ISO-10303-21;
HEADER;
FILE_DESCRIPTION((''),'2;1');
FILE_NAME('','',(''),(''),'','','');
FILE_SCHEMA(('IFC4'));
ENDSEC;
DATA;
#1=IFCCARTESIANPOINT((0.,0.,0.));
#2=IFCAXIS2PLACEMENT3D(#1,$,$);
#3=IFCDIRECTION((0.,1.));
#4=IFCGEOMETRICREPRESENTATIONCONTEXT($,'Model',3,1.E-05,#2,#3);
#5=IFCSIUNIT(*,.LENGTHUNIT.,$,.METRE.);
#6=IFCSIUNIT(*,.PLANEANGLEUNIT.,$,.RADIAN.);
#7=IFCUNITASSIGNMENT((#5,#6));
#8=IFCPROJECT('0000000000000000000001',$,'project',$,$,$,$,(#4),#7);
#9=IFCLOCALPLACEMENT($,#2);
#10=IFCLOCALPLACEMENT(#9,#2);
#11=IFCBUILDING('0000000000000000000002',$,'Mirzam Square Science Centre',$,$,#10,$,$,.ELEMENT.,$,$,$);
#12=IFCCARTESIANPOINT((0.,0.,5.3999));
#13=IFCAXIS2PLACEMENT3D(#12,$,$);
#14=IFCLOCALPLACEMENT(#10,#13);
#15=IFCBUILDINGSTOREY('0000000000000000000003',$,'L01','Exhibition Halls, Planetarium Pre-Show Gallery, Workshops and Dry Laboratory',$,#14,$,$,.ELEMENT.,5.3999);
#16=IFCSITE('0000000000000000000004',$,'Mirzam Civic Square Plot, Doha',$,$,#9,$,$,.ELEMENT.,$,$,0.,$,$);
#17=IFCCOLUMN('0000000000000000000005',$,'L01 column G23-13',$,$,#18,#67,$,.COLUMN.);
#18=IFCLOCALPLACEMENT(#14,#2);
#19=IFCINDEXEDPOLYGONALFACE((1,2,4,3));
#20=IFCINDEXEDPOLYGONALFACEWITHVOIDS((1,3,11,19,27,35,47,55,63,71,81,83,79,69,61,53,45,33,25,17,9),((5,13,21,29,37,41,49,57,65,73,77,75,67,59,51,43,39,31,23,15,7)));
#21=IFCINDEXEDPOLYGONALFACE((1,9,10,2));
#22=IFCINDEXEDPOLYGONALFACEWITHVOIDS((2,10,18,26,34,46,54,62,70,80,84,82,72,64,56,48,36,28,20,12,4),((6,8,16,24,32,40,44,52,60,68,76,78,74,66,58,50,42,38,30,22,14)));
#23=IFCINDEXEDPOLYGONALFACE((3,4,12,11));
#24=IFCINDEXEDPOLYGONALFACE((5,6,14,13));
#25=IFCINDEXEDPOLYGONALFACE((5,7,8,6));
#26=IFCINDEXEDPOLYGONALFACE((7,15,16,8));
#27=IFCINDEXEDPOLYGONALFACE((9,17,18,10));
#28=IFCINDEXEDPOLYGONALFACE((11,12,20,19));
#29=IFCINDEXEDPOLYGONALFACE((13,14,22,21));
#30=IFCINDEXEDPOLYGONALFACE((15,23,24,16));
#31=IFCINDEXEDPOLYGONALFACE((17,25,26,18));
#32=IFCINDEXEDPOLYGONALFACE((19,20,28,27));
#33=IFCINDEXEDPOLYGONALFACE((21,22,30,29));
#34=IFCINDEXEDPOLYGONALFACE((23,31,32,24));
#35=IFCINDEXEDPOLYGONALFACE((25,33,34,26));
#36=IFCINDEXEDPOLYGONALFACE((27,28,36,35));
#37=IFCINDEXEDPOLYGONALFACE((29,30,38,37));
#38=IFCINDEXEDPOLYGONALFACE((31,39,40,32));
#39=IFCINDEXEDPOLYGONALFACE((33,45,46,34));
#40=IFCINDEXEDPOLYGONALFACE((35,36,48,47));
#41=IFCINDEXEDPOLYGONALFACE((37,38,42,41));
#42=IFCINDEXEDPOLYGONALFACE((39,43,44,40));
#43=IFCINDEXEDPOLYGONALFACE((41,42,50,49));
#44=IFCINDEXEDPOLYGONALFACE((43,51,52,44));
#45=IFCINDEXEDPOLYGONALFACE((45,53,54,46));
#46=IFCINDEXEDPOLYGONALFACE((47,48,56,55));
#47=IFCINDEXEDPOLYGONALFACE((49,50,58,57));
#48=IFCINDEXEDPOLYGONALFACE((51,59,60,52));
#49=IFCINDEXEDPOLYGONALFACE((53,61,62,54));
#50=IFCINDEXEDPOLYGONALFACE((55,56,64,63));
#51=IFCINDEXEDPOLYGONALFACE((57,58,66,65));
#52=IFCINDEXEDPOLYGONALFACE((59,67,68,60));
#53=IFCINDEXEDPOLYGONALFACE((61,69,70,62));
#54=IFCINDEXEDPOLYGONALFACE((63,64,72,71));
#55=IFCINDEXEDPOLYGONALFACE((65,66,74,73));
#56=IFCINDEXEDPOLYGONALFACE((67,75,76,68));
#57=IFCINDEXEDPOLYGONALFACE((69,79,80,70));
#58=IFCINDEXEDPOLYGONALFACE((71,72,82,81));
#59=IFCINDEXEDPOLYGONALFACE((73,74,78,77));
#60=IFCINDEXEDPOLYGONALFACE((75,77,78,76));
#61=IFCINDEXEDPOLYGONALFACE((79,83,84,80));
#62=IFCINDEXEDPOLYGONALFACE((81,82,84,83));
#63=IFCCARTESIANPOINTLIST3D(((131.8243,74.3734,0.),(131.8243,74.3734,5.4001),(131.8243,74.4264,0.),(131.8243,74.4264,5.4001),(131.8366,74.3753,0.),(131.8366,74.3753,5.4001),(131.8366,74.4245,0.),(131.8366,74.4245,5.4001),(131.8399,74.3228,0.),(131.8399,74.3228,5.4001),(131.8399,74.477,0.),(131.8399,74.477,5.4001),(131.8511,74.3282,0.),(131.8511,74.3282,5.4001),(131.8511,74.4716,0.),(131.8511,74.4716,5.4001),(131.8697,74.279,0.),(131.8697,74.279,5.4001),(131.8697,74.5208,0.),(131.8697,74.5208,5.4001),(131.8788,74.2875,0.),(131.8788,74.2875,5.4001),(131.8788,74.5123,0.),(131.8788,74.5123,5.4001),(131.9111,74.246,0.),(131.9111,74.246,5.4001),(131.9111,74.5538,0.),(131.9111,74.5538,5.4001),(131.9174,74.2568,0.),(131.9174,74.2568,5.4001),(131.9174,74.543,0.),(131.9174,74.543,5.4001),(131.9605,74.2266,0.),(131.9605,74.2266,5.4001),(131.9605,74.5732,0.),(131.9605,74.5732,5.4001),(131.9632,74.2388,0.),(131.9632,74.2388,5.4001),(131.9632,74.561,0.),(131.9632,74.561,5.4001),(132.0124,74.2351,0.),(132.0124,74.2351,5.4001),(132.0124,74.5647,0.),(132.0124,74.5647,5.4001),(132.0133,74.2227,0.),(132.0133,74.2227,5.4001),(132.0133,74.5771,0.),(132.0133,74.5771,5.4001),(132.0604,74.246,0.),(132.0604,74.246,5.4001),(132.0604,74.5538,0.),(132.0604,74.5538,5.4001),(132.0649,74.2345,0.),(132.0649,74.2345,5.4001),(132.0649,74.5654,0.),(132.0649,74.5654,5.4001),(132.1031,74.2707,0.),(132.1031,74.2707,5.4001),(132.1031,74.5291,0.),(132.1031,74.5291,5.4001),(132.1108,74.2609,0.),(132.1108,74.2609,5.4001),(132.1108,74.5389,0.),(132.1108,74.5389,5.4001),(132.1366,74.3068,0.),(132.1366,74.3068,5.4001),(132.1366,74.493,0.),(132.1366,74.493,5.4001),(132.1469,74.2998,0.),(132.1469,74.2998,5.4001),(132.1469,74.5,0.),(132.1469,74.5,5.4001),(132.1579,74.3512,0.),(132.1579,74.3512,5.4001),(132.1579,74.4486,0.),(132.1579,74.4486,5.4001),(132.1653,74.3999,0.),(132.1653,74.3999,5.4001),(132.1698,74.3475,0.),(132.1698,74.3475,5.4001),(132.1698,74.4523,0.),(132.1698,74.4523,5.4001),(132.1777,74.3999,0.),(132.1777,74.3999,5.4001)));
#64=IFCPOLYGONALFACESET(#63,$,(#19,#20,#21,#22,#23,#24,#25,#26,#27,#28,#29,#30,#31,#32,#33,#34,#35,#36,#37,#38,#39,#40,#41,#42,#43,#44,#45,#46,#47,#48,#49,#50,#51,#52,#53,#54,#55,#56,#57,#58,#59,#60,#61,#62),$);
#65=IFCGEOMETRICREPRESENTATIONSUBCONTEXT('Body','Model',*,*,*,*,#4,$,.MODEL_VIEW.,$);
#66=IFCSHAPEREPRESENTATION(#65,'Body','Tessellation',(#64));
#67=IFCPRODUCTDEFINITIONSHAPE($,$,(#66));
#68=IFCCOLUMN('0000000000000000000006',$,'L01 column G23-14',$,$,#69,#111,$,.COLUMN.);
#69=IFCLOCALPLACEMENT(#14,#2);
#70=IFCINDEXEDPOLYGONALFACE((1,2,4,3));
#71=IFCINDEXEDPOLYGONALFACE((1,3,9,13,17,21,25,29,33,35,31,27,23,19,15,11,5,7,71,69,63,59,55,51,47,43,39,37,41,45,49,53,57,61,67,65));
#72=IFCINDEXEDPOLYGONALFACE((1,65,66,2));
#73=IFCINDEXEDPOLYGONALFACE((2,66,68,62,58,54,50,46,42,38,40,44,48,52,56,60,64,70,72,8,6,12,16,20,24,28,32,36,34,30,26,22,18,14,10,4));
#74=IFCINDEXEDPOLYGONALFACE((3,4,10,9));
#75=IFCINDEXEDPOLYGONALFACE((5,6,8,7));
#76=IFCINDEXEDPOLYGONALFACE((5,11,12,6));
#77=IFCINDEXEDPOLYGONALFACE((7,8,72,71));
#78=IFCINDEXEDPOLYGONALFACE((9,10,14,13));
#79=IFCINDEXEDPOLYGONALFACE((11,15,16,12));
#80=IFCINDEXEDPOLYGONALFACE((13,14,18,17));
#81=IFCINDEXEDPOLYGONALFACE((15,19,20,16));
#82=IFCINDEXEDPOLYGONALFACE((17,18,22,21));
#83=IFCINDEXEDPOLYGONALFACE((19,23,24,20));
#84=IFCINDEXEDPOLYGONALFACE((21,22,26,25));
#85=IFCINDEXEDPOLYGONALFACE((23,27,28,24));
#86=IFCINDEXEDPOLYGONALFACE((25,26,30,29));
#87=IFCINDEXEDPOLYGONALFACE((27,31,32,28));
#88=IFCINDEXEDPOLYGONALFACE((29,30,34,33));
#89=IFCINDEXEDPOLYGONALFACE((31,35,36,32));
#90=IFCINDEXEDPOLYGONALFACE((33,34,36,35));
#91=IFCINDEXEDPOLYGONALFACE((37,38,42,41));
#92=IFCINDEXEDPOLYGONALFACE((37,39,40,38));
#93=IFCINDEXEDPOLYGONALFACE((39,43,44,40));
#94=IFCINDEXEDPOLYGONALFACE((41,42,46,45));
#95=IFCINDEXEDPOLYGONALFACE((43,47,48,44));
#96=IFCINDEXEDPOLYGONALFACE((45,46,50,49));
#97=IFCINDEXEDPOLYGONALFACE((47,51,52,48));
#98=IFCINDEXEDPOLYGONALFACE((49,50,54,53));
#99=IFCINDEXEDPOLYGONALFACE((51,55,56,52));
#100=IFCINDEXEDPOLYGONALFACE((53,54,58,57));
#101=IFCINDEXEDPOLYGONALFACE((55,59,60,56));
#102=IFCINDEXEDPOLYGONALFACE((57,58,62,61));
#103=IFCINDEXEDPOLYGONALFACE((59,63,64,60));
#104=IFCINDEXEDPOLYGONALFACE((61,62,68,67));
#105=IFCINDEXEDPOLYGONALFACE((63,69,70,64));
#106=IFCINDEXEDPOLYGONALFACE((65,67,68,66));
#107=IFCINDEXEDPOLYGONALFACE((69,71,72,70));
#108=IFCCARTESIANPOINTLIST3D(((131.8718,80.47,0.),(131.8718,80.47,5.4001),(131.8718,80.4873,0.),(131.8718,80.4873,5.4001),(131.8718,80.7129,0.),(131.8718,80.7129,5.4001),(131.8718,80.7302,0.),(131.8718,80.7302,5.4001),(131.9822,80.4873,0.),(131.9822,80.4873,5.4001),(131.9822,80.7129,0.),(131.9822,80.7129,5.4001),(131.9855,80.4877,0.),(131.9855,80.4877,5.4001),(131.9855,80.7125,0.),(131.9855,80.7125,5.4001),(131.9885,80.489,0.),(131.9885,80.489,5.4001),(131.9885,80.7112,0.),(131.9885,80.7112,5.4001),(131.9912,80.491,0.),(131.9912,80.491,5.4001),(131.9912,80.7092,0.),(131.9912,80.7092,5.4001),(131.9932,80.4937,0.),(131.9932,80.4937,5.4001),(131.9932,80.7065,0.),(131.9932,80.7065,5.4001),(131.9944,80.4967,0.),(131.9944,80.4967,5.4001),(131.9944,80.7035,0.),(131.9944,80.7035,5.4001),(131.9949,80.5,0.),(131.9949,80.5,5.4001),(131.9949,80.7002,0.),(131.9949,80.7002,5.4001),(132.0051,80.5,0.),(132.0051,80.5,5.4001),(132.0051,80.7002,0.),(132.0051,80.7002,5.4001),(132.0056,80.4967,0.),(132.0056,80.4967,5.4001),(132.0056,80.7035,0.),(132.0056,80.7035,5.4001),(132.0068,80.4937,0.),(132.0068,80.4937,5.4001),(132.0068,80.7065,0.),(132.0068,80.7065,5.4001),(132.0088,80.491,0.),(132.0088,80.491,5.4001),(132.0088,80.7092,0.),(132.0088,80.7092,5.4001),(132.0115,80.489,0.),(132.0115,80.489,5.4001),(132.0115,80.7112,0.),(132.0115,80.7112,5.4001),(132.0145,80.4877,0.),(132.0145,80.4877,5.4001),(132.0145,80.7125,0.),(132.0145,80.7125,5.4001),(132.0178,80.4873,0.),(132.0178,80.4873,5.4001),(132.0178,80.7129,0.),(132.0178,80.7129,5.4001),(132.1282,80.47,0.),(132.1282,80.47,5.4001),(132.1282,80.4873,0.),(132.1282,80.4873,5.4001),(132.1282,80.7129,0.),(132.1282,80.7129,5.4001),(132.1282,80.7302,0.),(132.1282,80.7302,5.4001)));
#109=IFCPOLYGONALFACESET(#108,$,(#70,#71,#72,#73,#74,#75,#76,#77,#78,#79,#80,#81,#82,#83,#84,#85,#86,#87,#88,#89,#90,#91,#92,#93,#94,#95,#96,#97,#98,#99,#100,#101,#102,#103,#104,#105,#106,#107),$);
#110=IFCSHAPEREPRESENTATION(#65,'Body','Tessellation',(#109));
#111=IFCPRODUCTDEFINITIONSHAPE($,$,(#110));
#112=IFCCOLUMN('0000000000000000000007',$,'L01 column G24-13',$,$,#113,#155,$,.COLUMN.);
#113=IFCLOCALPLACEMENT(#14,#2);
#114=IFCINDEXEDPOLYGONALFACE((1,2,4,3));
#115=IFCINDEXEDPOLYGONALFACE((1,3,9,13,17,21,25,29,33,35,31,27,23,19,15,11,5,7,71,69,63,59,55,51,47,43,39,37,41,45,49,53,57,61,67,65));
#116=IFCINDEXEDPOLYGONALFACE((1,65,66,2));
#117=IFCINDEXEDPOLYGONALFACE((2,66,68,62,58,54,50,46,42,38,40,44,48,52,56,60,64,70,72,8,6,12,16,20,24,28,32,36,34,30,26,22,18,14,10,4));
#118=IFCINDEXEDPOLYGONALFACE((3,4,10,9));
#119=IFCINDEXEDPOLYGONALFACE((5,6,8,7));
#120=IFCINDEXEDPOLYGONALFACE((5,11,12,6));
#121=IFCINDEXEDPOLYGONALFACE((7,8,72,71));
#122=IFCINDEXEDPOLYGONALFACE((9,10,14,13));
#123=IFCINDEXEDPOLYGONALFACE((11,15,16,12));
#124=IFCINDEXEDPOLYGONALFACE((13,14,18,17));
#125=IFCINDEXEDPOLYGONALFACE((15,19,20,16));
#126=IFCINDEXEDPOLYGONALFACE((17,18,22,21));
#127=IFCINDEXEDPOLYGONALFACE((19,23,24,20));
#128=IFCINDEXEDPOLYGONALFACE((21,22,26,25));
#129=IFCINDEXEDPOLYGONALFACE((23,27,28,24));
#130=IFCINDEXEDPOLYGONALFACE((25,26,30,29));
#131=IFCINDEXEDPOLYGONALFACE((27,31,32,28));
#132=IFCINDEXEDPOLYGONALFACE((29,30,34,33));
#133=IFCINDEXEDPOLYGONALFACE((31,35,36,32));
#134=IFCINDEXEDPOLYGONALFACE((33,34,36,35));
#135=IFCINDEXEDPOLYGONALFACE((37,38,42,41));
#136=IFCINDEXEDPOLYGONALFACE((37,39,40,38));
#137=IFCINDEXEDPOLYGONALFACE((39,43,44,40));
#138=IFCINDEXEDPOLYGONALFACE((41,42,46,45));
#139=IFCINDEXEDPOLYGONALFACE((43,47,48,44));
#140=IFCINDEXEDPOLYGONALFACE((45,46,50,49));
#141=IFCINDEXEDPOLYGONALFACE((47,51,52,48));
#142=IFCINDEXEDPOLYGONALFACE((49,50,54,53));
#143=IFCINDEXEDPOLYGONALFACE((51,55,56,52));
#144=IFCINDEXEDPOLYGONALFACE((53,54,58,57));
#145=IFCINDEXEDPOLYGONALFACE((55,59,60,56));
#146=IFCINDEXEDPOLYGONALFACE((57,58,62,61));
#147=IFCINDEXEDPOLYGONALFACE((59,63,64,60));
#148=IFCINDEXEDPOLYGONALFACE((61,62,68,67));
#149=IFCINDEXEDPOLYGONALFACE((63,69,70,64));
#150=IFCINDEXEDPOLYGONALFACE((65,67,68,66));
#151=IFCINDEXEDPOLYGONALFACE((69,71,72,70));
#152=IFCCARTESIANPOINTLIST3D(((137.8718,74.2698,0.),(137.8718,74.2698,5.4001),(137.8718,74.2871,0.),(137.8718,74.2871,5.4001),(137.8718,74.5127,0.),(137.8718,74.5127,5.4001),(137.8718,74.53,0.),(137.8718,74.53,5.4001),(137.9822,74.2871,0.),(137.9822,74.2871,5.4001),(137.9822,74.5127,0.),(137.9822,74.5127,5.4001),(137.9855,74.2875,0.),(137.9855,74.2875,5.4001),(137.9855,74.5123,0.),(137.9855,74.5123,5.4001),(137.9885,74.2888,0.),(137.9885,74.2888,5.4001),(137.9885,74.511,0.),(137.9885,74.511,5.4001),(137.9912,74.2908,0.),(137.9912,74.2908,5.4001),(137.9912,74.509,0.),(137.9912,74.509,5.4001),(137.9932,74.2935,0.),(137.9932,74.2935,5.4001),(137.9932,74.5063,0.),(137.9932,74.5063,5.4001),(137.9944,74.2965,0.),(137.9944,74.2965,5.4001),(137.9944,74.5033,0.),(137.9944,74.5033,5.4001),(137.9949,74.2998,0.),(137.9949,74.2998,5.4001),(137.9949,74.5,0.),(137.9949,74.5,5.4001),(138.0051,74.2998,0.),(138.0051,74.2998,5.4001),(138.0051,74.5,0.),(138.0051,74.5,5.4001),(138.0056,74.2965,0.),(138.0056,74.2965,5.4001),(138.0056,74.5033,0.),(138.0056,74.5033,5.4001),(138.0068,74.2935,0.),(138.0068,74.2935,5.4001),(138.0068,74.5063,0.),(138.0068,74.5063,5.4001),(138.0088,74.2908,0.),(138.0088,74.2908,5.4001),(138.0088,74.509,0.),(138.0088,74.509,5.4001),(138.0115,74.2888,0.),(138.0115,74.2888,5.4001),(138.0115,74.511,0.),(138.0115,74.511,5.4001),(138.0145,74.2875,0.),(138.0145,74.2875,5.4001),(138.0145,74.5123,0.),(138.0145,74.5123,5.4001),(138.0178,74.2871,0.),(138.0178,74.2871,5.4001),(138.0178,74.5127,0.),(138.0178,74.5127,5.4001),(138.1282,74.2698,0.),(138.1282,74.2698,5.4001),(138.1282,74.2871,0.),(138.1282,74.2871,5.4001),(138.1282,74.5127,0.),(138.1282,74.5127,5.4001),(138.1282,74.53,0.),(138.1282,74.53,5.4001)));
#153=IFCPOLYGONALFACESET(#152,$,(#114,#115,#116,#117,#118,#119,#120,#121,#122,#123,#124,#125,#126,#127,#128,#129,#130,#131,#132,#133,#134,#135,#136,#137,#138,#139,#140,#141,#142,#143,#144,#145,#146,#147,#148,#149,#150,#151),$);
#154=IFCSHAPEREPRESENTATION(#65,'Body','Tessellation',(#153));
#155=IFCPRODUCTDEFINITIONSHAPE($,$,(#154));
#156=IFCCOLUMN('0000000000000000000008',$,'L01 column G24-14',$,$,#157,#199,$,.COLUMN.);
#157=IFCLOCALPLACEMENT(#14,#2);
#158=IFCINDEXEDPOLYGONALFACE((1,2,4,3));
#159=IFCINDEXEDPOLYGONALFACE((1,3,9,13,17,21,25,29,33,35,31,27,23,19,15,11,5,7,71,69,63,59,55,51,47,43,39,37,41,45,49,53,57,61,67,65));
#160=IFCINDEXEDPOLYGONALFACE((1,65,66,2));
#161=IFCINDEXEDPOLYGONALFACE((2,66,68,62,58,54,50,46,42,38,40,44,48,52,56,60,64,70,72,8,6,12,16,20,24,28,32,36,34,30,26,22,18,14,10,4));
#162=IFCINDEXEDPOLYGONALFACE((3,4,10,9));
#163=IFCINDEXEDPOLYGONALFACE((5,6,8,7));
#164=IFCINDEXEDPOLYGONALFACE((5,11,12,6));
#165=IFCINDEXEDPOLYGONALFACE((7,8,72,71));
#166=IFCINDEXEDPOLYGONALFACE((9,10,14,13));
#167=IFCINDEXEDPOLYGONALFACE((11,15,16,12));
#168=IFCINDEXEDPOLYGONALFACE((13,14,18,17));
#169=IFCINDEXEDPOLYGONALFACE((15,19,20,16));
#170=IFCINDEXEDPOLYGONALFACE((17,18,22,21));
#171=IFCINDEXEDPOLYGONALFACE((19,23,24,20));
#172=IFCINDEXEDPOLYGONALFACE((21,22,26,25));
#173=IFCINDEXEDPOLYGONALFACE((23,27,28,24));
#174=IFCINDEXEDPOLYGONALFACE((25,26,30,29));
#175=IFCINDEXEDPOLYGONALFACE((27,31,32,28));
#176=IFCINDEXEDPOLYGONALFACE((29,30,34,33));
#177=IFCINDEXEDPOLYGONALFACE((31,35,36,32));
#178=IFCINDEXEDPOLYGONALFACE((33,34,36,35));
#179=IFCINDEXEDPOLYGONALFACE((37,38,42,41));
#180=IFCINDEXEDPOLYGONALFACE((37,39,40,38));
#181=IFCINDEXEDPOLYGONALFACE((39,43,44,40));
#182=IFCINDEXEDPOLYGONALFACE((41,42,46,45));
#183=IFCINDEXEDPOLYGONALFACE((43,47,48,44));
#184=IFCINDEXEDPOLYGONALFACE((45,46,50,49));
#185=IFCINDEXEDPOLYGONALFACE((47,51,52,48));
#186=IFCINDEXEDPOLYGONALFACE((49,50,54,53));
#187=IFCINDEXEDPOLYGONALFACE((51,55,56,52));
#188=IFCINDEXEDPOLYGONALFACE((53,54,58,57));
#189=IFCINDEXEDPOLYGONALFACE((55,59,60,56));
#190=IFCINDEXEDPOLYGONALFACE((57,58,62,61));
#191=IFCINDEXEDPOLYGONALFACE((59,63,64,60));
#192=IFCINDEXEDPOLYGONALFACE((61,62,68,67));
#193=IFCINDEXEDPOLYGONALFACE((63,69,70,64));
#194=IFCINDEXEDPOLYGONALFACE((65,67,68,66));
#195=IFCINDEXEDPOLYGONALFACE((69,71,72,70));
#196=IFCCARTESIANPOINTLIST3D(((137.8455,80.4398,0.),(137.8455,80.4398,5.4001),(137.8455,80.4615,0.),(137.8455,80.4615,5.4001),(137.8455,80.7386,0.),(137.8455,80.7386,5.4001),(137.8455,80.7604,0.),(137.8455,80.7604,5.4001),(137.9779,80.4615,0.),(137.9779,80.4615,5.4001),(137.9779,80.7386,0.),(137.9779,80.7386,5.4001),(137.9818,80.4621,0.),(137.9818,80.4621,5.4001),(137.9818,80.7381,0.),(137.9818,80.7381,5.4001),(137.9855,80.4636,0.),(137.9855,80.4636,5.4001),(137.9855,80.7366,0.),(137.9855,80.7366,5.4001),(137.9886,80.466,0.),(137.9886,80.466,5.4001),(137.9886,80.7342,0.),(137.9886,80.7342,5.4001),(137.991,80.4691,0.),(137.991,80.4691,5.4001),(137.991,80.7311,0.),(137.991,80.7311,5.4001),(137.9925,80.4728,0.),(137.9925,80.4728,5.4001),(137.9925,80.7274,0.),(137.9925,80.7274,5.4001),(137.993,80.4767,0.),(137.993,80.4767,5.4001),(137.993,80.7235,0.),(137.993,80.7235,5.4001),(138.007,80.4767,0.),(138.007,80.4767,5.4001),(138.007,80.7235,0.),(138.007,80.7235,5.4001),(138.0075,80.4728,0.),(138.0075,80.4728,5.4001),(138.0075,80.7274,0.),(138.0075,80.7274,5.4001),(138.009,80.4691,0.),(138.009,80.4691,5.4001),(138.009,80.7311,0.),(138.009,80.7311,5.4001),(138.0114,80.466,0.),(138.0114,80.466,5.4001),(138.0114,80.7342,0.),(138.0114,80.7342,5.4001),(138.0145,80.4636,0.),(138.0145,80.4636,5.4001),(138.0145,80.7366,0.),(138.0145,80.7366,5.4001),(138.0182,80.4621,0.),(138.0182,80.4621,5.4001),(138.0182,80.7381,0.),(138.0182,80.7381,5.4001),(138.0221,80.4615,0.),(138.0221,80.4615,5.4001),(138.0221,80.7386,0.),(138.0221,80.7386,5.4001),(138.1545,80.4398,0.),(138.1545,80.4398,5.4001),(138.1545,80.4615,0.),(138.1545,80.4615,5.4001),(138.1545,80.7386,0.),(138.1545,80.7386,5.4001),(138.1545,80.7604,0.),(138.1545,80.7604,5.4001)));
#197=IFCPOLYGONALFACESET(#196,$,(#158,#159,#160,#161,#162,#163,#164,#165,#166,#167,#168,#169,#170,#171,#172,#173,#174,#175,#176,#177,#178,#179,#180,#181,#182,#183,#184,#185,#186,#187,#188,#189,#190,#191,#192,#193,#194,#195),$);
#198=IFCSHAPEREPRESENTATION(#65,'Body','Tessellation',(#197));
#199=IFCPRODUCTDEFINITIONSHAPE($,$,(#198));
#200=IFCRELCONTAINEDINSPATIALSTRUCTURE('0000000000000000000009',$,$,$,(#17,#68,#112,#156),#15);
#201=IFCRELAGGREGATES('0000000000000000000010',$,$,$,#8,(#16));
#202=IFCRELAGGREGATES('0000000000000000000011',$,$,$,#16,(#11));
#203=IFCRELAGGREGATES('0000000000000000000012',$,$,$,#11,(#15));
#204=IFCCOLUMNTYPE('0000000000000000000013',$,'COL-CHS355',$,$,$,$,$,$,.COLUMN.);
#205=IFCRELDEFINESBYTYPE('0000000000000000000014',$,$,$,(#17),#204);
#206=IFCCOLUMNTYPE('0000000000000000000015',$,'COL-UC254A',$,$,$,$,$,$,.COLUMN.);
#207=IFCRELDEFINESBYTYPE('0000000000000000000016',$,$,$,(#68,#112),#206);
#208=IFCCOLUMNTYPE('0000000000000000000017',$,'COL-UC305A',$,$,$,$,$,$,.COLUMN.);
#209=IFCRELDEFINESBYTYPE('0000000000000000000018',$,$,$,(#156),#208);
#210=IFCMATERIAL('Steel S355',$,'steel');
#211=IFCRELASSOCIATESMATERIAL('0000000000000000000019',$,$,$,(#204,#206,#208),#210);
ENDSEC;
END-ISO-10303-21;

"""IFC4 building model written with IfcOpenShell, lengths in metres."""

from ifc_helpers import new_model, si_unit, direction, frame, origin, origin_2d, place, context, subcontext, project, spatial, hollow_circle, i_section, extrude, material, material_profile, profile_set, type_object, element, save


model = new_model("IFC4")

# Units and contexts
model_context = context("Model", 3, precision=1e-05, world=origin(), true_north=direction((0.0, 1.0)))
body_context = subcontext(model_context, "Body", "Model", "MODEL_VIEW")
ifc_project = project(units=[si_unit("LENGTHUNIT", "METRE"), si_unit("PLANEANGLEUNIT", "RADIAN")], contexts=[model_context])

# Site, building, storey
site_placement = place(None, origin())
site = spatial("IfcSite", under=ifc_project, at=site_placement, Name="Mirzam Civic Square Plot, Doha", CompositionType="ELEMENT", RefElevation=0.0)
building_placement = place(site_placement, origin())
building = spatial("IfcBuilding", under=site, at=building_placement, Name="Mirzam Square Science Centre", CompositionType="ELEMENT")
storey_placement = place(building_placement, frame((0.0, 0.0, 5.3999)))
storey = spatial("IfcBuildingStorey", under=building, at=storey_placement, Name="L01", Description="Exhibition Halls, Planetarium Pre-Show Gallery, Workshops and Dry Laboratory", CompositionType="ELEMENT", Elevation=5.3999)

# Columns
ifc_material_1 = material(Name="Steel S355", Category="steel")
ifc_material_profile_1 = material_profile(ifc_material_1, hollow_circle(Radius=0.1777, WallThickness=0.0125, at=origin_2d()), Name="355.6x12.5CHS")
ifc_profile_set_1 = profile_set([ifc_material_profile_1], Name="Steel S355")
column_type_1 = type_object("IfcColumnType", Name="COL-CHS355", PredefinedType="COLUMN", material=ifc_profile_set_1)
column_1_placement = place(storey_placement, frame((132.0, 74.3999, 0.0), z_axis=(0.0, 0.0, 1.0), x_axis=(1.0, 0.0, 0.0)))
element("IfcColumn", 1, at=column_1_placement, inside=storey, type_object=column_type_1, Name="L01 column G23-13", PredefinedType="COLUMN", context=body_context, shape_type="SweptSolid", body=[
    extrude(hollow_circle(Radius=0.1777, WallThickness=0.0125, at=origin_2d()), origin(), (0.0, 0.0, 1.0), 5.4001),
])
ifc_material_profile_2 = material_profile(ifc_material_1, i_section(OverallWidth=0.2563, OverallDepth=0.2603, WebThickness=0.0103, FlangeThickness=0.0173, FilletRadius=0.0127, at=origin_2d()), Name="254x254x89UC")
ifc_profile_set_2 = profile_set([ifc_material_profile_2], Name="Steel S355")
column_type_2 = type_object("IfcColumnType", Name="COL-UC254A", PredefinedType="COLUMN", material=ifc_profile_set_2)
for number, where, z_axis, x_axis, name in (
    (2, (132.0, 80.6001, 0.0), (0.0, 0.0, 1.0), (1.0, 0.0, 0.0), "L01 column G23-14"),
    (3, (138.0, 74.3999, 0.0), (0.0, 0.0, 1.0), (1.0, 0.0, 0.0), "L01 column G24-13"),
):
    element("IfcColumn", number, at=place(storey_placement, frame(where, z_axis=z_axis, x_axis=x_axis)), inside=storey, type_object=column_type_2, Name=name, PredefinedType="COLUMN", context=body_context, shape_type="SweptSolid", body=[
        extrude(i_section(OverallWidth=0.2563, OverallDepth=0.2603, WebThickness=0.0103, FlangeThickness=0.0173, FilletRadius=0.0127, at=origin_2d()), origin(), (0.0, 0.0, 1.0), 5.4001),
    ])
ifc_material_profile_3 = material_profile(ifc_material_1, i_section(OverallWidth=0.3091, OverallDepth=0.3206, WebThickness=0.0139, FlangeThickness=0.0217, FilletRadius=0.0151, at=origin_2d()), Name="305x305x137UC")
ifc_profile_set_3 = profile_set([ifc_material_profile_3], Name="Steel S355")
column_type_3 = type_object("IfcColumnType", Name="COL-UC305A", PredefinedType="COLUMN", material=ifc_profile_set_3)
column_2_placement = place(storey_placement, frame((138.0, 80.6001, 0.0), z_axis=(0.0, 0.0, 1.0), x_axis=(1.0, 0.0, 0.0)))
element("IfcColumn", 4, at=column_2_placement, inside=storey, type_object=column_type_3, Name="L01 column G24-14", PredefinedType="COLUMN", context=body_context, shape_type="SweptSolid", body=[
    extrude(i_section(OverallWidth=0.3091, OverallDepth=0.3206, WebThickness=0.0139, FlangeThickness=0.0217, FilletRadius=0.0151, at=origin_2d()), origin(), (0.0, 0.0, 1.0), 5.4001),
])

save(model, "model.ifc")
